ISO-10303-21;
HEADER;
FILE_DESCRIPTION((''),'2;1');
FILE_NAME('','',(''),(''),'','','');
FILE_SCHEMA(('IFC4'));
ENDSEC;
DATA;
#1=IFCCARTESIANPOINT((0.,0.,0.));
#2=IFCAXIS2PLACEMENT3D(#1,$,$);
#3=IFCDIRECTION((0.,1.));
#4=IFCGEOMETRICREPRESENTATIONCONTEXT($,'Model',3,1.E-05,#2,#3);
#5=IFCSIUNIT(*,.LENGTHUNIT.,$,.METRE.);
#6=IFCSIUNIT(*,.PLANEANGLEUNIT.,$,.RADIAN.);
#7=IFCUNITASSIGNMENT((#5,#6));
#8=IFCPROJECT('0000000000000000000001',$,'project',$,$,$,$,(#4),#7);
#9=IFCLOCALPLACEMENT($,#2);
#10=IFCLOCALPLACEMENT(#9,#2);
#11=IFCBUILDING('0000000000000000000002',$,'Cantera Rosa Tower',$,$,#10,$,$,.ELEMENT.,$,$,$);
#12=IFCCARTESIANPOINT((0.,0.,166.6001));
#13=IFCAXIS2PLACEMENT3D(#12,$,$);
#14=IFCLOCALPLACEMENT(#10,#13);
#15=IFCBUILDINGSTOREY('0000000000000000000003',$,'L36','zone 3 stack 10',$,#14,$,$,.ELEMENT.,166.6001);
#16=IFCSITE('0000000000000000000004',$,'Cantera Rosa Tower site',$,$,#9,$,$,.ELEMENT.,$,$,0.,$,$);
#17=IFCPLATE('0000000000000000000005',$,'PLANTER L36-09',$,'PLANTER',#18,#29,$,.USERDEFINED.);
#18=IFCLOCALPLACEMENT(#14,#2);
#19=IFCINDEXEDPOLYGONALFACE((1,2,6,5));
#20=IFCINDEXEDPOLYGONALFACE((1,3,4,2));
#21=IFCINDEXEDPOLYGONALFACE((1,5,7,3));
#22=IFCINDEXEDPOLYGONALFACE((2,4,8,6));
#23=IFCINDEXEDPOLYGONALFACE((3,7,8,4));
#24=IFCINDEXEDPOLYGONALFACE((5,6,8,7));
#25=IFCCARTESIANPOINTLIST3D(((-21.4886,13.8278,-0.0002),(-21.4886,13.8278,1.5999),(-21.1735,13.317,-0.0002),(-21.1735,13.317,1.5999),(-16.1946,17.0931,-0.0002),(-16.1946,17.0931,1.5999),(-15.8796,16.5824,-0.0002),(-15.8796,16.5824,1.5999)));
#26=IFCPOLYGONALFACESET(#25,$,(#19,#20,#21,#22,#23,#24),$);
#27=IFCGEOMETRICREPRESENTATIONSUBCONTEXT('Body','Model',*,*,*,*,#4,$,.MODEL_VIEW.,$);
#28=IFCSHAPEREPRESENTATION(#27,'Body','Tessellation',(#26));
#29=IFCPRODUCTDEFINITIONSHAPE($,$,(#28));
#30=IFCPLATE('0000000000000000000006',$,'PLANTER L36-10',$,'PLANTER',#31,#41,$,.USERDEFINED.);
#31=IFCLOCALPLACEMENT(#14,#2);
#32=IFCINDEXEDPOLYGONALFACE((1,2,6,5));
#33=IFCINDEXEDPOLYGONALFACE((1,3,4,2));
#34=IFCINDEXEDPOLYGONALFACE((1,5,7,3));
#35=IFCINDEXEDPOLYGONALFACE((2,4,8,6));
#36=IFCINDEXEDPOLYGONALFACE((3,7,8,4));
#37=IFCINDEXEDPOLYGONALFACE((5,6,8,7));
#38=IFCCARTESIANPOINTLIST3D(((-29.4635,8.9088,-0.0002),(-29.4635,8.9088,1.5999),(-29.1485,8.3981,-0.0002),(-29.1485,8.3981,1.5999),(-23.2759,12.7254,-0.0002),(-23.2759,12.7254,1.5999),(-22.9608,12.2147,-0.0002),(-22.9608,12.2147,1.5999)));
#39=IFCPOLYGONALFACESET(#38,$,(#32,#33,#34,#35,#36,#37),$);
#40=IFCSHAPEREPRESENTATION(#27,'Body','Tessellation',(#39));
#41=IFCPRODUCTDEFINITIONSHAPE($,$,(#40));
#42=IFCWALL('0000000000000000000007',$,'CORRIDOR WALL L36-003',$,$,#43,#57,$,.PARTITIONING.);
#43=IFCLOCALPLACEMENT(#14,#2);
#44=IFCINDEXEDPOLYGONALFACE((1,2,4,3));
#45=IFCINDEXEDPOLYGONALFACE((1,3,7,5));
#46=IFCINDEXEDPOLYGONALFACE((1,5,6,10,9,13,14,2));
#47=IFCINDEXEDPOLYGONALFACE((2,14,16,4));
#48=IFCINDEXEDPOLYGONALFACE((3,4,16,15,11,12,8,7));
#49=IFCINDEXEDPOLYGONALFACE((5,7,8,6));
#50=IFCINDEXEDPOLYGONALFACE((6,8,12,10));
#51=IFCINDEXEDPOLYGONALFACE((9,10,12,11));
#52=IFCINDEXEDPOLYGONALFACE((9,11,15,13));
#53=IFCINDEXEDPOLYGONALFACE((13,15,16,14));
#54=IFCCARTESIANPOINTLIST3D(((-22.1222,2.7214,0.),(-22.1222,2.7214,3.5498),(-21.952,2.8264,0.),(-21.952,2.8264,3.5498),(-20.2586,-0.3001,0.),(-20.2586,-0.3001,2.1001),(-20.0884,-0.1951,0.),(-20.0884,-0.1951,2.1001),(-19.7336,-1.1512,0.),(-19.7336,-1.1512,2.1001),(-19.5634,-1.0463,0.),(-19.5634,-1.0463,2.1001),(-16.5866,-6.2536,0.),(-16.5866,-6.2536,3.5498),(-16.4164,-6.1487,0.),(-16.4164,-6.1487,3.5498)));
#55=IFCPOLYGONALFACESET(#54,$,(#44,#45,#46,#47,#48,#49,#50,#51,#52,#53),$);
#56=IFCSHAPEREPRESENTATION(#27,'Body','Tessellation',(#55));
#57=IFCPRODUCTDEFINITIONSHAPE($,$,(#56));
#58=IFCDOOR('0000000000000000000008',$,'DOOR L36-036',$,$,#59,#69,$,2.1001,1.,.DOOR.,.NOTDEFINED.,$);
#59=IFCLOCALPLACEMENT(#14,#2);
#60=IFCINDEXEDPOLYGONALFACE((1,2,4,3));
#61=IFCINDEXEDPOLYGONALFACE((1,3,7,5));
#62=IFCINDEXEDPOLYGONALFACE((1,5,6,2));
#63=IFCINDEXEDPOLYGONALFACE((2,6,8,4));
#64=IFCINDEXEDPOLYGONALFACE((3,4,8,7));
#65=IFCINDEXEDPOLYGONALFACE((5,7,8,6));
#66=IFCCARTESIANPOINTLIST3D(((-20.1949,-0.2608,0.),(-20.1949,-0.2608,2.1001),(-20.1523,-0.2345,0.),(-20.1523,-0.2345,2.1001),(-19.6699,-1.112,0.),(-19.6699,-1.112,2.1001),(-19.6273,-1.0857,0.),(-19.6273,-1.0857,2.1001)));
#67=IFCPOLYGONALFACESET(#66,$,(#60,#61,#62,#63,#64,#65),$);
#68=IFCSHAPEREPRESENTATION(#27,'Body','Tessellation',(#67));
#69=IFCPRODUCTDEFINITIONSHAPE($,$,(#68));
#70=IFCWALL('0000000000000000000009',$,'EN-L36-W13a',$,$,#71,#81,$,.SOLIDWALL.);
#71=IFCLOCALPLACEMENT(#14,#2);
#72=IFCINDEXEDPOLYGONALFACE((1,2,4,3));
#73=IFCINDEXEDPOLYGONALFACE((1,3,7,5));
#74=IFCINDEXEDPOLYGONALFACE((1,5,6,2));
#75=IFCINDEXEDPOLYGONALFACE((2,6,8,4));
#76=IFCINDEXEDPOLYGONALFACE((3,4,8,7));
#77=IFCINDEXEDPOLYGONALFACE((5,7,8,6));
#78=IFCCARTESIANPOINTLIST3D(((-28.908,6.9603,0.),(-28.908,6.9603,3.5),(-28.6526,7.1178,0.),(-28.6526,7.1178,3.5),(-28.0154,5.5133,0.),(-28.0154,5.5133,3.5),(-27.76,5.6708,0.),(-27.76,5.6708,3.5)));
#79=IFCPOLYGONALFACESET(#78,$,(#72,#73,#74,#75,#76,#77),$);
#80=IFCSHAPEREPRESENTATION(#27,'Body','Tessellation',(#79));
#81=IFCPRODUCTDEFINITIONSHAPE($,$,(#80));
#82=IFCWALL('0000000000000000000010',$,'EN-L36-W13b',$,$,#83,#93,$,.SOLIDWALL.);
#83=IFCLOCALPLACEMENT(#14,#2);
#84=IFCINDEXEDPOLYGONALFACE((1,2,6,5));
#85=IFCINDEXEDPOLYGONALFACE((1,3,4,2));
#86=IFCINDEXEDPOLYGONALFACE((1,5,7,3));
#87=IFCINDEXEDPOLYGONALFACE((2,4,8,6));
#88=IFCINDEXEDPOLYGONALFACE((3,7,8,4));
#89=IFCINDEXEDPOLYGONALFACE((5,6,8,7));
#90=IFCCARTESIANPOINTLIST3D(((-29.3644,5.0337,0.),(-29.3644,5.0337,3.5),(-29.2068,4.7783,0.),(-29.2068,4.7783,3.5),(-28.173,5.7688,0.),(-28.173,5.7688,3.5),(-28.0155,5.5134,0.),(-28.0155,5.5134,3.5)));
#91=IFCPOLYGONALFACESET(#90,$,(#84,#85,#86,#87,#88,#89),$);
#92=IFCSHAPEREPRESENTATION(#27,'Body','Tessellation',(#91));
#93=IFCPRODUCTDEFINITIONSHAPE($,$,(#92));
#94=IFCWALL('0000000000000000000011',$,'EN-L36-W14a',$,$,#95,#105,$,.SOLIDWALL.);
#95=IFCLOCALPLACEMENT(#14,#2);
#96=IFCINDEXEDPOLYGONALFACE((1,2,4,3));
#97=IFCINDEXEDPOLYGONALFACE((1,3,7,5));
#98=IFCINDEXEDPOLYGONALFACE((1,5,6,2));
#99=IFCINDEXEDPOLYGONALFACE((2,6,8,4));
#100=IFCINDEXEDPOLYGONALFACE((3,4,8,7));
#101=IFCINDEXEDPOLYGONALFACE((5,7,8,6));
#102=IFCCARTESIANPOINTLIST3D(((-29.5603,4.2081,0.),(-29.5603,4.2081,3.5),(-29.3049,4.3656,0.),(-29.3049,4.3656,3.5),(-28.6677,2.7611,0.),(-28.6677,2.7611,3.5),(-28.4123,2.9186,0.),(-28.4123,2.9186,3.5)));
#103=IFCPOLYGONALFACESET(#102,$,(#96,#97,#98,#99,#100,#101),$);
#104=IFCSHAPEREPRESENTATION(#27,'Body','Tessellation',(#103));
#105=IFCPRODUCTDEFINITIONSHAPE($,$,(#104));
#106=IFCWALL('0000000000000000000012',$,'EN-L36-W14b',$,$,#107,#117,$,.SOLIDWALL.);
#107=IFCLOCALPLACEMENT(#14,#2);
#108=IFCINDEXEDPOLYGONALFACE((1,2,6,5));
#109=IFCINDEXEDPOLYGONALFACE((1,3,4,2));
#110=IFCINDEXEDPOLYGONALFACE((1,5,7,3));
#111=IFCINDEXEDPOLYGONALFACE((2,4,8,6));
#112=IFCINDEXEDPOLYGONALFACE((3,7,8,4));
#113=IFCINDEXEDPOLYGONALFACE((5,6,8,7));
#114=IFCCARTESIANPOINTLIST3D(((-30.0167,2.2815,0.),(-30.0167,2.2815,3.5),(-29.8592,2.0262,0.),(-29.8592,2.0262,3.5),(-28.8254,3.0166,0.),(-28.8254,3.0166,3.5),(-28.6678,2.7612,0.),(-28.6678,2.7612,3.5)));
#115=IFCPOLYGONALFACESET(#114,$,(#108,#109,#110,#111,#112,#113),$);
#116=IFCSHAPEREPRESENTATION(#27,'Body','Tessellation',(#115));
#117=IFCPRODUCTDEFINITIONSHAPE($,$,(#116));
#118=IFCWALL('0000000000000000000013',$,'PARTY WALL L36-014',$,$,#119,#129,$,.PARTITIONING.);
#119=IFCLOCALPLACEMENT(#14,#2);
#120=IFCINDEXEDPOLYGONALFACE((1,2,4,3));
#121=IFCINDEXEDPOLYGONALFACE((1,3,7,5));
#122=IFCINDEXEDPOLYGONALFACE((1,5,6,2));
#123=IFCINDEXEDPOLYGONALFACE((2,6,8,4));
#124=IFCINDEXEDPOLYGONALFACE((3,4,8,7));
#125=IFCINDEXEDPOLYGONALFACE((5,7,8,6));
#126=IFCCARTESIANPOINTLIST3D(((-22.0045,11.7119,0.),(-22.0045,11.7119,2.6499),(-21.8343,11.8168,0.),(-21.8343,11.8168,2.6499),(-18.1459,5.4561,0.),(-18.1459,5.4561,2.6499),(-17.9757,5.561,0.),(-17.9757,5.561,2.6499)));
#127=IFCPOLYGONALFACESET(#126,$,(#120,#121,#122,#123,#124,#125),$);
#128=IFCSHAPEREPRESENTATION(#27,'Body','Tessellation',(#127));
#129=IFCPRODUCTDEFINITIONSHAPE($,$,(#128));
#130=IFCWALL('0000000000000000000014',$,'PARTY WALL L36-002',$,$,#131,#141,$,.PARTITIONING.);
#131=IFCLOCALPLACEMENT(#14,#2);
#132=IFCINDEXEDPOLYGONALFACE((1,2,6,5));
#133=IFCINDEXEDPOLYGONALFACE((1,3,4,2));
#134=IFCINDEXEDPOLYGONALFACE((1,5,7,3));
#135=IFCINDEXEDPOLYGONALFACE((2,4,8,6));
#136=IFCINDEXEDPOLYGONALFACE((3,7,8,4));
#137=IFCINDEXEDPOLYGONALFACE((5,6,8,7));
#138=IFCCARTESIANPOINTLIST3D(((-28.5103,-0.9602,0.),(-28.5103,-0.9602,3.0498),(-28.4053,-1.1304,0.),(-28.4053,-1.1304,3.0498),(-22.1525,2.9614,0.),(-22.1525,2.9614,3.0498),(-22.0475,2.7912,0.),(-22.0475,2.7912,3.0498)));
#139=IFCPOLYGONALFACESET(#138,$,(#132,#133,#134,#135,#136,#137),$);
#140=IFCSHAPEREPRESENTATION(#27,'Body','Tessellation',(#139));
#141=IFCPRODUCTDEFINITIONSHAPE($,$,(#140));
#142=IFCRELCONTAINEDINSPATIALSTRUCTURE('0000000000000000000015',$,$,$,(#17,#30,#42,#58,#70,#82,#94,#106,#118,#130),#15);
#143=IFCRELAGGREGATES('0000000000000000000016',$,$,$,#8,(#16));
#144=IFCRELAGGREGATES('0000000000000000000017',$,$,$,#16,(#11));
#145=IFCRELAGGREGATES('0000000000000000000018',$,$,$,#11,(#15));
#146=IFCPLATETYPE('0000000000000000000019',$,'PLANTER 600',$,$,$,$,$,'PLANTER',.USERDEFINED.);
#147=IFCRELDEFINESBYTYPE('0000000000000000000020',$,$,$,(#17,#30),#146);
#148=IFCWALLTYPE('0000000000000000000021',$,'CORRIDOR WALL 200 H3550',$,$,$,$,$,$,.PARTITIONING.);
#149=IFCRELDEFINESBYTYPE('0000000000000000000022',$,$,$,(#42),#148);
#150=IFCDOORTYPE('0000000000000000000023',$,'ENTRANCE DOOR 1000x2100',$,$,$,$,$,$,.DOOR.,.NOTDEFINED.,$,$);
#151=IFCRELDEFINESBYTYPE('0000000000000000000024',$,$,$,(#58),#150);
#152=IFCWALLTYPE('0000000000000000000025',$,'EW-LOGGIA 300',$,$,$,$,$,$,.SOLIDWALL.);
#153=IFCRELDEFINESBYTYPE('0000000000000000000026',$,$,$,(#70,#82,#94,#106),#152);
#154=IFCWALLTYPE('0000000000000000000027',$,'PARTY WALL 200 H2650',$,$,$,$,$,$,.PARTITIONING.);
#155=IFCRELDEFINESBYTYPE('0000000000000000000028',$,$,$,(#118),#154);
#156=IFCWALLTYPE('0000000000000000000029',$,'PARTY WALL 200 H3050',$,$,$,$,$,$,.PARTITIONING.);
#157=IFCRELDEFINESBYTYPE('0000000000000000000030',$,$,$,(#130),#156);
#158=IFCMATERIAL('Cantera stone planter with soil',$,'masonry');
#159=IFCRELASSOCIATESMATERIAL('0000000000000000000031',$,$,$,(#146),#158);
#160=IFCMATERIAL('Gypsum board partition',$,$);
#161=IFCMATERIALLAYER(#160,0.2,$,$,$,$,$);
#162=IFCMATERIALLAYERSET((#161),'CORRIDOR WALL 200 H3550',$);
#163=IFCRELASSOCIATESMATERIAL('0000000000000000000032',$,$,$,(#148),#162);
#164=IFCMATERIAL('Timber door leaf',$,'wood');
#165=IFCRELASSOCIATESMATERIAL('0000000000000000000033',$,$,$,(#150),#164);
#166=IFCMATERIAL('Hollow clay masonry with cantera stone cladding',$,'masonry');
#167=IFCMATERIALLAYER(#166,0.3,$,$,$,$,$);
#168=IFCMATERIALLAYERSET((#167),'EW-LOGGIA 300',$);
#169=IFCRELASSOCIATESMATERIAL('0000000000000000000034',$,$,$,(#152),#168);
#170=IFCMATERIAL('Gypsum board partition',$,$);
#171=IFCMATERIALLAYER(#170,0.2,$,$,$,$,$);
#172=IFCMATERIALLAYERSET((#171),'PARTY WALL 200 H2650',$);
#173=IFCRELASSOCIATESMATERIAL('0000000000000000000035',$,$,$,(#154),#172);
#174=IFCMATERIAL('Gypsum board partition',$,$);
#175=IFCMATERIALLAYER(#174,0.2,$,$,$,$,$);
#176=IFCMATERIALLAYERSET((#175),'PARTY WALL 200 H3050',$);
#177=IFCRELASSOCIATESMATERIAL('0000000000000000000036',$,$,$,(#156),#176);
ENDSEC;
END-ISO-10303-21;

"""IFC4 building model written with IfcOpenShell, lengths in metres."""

from ifc_helpers import new_model, si_unit, direction, frame, frame_2d, origin, origin_2d, place, context, subcontext, project, spatial, rectangle, extrude, material, layer, layer_set, type_object, element, fill, save


model = new_model("IFC4")

# Units and contexts
model_context = context("Model", 3, precision=1e-05, world=origin(), true_north=direction((0.0, 1.0)))
body_context = subcontext(model_context, "Body", "Model", "MODEL_VIEW")
ifc_project = project(units=[si_unit("LENGTHUNIT", "METRE"), si_unit("PLANEANGLEUNIT", "RADIAN")], contexts=[model_context])

# Site, building, storey
site_placement = place(None, origin())
site = spatial("IfcSite", under=ifc_project, at=site_placement, Name="Cantera Rosa Tower site", CompositionType="ELEMENT", RefElevation=0.0)
building_placement = place(site_placement, origin())
building = spatial("IfcBuilding", under=site, at=building_placement, Name="Cantera Rosa Tower", CompositionType="ELEMENT")
storey_placement = place(building_placement, frame((0.0, 0.0, 166.6001)))
storey = spatial("IfcBuildingStorey", under=building, at=storey_placement, Name="L36", Description="zone 3 stack 10", CompositionType="ELEMENT", Elevation=166.6001)

# Plates
ifc_material_1 = material(Name="Cantera stone planter with soil", Category="masonry")
plate_type = type_object("IfcPlateType", Name="PLANTER 600", ElementType="PLANTER", PredefinedType="USERDEFINED", material=ifc_material_1)
plate_1_placement = place(storey_placement, frame((-18.6841, 15.2051, -0.0002), z_axis=(0.0, 0.0, 1.0), x_axis=(-0.851117, -0.524977, 0.0)))
element("IfcPlate", 1, at=plate_1_placement, inside=storey, type_object=plate_type, Name="PLANTER L36-09", ObjectType="PLANTER", PredefinedType="USERDEFINED", context=body_context, shape_type="SweptSolid", body=[
    extrude(rectangle(XDim=6.22, YDim=0.6001, at=origin_2d()), origin(), (0.0, 0.0, 1.0), 1.6001),
])
plate_2_placement = place(storey_placement, frame((-26.2122, 10.5618, -0.0002), z_axis=(0.0, 0.0, 1.0), x_axis=(-0.851117, -0.524977, 0.0)))
element("IfcPlate", 2, at=plate_2_placement, inside=storey, type_object=plate_type, Name="PLANTER L36-10", ObjectType="PLANTER", PredefinedType="USERDEFINED", context=body_context, shape_type="SweptSolid", body=[
    extrude(rectangle(XDim=7.27, YDim=0.6001, at=origin_2d()), origin(), (0.0, 0.0, 1.0), 1.6001),
])

# Wall, opening, door
ifc_material_2 = material(Name="Gypsum board partition")
ifc_layer_1 = layer(ifc_material_2, 0.2)
ifc_layer_set_1 = layer_set([ifc_layer_1], Name="CORRIDOR WALL 200 H3550")
wall_type_1 = type_object("IfcWallType", Name="CORRIDOR WALL 200 H3550", PredefinedType="PARTITIONING", material=ifc_layer_set_1)
wall_1_placement = place(storey_placement, frame((-22.0371, 2.7739, 0.0), z_axis=(0.0, 0.0, 1.0), x_axis=(0.524957, -0.851128, 0.0)))
wall_1 = element("IfcWall", 3, at=wall_1_placement, inside=storey, type_object=wall_type_1, Name="CORRIDOR WALL L36-003", PredefinedType="PARTITIONING", context=body_context, shape_type="SweptSolid", body=[
    extrude(rectangle(XDim=10.5449, YDim=0.2, at=frame_2d((5.2725, 0.0))), origin(), (0.0, 0.0, 1.0), 3.5498),
])
opening_1_placement = place(wall_1_placement, frame((3.55, 0.0, 0.0)))
opening_1 = element("IfcOpeningElement", 4, at=opening_1_placement, cuts=wall_1, PredefinedType="OPENING", context=body_context, shape_type="SweptSolid", body=[
    extrude(rectangle(XDim=1.0, YDim=2.1001, at=frame_2d((0.5, 1.05))), frame((0.0, 0.1099, 0.0), z_axis=(0.0, -1.0, 0.0), x_axis=(1.0, 0.0, 0.0)), (0.0, 0.0, 1.0), 0.22),
])
ifc_material_3 = material(Name="Timber door leaf", Category="wood")
door_type_1 = type_object("IfcDoorType", Name="ENTRANCE DOOR 1000x2100", OperationType="NOTDEFINED", PredefinedType="DOOR", material=ifc_material_3)
door_1_placement = place(opening_1_placement, origin())
door_1 = element("IfcDoor", 5, at=door_1_placement, inside=storey, type_object=door_type_1, Name="DOOR L36-036", OperationType="NOTDEFINED", OverallHeight=2.1001, OverallWidth=1.0, PredefinedType="DOOR", context=body_context, shape_type="SweptSolid", body=[
    extrude(rectangle(XDim=1.0, YDim=2.1001, at=frame_2d((0.5, 1.05))), frame((0.0, 0.0249, 0.0), z_axis=(0.0, -1.0, 0.0), x_axis=(1.0, 0.0, 0.0)), (0.0, 0.0, 1.0), 0.05),
])
fill(opening_1, door_1)

# Walls
ifc_material_4 = material(Name="Hollow clay masonry with cantera stone cladding", Category="masonry")
ifc_layer_2 = layer(ifc_material_4, 0.3)
ifc_layer_set_2 = layer_set([ifc_layer_2], Name="EW-LOGGIA 300")
wall_type_2 = type_object("IfcWallType", Name="EW-LOGGIA 300", PredefinedType="SOLIDWALL", material=ifc_layer_set_2)
wall_2_placement = place(storey_placement, frame((-28.7803, 7.0391, 0.0), z_axis=(0.0, 0.0, 1.0), x_axis=(0.524994, -0.851106, 0.0)))
element("IfcWall", 6, at=wall_2_placement, inside=storey, type_object=wall_type_2, Name="EN-L36-W13a", PredefinedType="SOLIDWALL", context=body_context, shape_type="SweptSolid", body=[
    extrude(rectangle(XDim=1.7002, YDim=0.3, at=frame_2d((0.8501, 0.0))), origin(), (0.0, 0.0, 1.0), 3.5),
])
wall_3_placement = place(storey_placement, frame((-28.0942, 5.6411, 0.0), z_axis=(0.0, 0.0, 1.0), x_axis=(-0.851041, -0.525099, 0.0)))
element("IfcWall", 7, at=wall_3_placement, inside=storey, type_object=wall_type_2, Name="EN-L36-W13b", PredefinedType="SOLIDWALL", context=body_context, shape_type="SweptSolid", body=[
    extrude(rectangle(XDim=1.3999, YDim=0.3, at=frame_2d((0.7, 0.0))), origin(), (0.0, 0.0, 1.0), 3.5),
])
wall_4_placement = place(storey_placement, frame((-29.4326, 4.2869, 0.0), z_axis=(0.0, 0.0, 1.0), x_axis=(0.524994, -0.851106, 0.0)))
element("IfcWall", 8, at=wall_4_placement, inside=storey, type_object=wall_type_2, Name="EN-L36-W14a", PredefinedType="SOLIDWALL", context=body_context, shape_type="SweptSolid", body=[
    extrude(rectangle(XDim=1.7002, YDim=0.3, at=frame_2d((0.8501, 0.0))), origin(), (0.0, 0.0, 1.0), 3.5),
])
wall_5_placement = place(storey_placement, frame((-28.7466, 2.8889, 0.0), z_axis=(0.0, 0.0, 1.0), x_axis=(-0.851041, -0.525099, 0.0)))
element("IfcWall", 9, at=wall_5_placement, inside=storey, type_object=wall_type_2, Name="EN-L36-W14b", PredefinedType="SOLIDWALL", context=body_context, shape_type="SweptSolid", body=[
    extrude(rectangle(XDim=1.3999, YDim=0.3, at=frame_2d((0.7, 0.0))), origin(), (0.0, 0.0, 1.0), 3.5),
])

# Walls
ifc_material_5 = material(Name="Gypsum board partition")
ifc_layer_3 = layer(ifc_material_5, 0.2)
ifc_layer_set_3 = layer_set([ifc_layer_3], Name="PARTY WALL 200 H2650")
wall_type_3 = type_object("IfcWallType", Name="PARTY WALL 200 H2650", PredefinedType="PARTITIONING", material=ifc_layer_set_3)
wall_6_placement = place(storey_placement, frame((-18.0608, 5.5085, 0.0), z_axis=(0.0, 0.0, 1.0), x_axis=(-0.524974, 0.851118, 0.0)))
element("IfcWall", 10, at=wall_6_placement, inside=storey, type_object=wall_type_3, Name="PARTY WALL L36-014", PredefinedType="PARTITIONING", context=body_context, shape_type="SweptSolid", body=[
    extrude(rectangle(XDim=7.3501, YDim=0.2, at=frame_2d((3.675, 0.0))), origin(), (0.0, 0.0, 1.0), 2.6499),
])
ifc_material_6 = material(Name="Gypsum board partition")
ifc_layer_4 = layer(ifc_material_6, 0.2)
ifc_layer_set_4 = layer_set([ifc_layer_4], Name="PARTY WALL 200 H3050")
wall_type_4 = type_object("IfcWallType", Name="PARTY WALL 200 H3050", PredefinedType="PARTITIONING", material=ifc_layer_set_4)
wall_7_placement = place(storey_placement, frame((-22.1001, 2.8762, 0.0), z_axis=(0.0, 0.0, 1.0), x_axis=(-0.851116, -0.524978, 0.0)))
element("IfcWall", 11, at=wall_7_placement, inside=storey, type_object=wall_type_4, Name="PARTY WALL L36-002", PredefinedType="PARTITIONING", context=body_context, shape_type="SweptSolid", body=[
    extrude(rectangle(XDim=7.47, YDim=0.2, at=frame_2d((3.7349, 0.0))), origin(), (0.0, 0.0, 1.0), 3.0498),
])

save(model, "model.ifc")
